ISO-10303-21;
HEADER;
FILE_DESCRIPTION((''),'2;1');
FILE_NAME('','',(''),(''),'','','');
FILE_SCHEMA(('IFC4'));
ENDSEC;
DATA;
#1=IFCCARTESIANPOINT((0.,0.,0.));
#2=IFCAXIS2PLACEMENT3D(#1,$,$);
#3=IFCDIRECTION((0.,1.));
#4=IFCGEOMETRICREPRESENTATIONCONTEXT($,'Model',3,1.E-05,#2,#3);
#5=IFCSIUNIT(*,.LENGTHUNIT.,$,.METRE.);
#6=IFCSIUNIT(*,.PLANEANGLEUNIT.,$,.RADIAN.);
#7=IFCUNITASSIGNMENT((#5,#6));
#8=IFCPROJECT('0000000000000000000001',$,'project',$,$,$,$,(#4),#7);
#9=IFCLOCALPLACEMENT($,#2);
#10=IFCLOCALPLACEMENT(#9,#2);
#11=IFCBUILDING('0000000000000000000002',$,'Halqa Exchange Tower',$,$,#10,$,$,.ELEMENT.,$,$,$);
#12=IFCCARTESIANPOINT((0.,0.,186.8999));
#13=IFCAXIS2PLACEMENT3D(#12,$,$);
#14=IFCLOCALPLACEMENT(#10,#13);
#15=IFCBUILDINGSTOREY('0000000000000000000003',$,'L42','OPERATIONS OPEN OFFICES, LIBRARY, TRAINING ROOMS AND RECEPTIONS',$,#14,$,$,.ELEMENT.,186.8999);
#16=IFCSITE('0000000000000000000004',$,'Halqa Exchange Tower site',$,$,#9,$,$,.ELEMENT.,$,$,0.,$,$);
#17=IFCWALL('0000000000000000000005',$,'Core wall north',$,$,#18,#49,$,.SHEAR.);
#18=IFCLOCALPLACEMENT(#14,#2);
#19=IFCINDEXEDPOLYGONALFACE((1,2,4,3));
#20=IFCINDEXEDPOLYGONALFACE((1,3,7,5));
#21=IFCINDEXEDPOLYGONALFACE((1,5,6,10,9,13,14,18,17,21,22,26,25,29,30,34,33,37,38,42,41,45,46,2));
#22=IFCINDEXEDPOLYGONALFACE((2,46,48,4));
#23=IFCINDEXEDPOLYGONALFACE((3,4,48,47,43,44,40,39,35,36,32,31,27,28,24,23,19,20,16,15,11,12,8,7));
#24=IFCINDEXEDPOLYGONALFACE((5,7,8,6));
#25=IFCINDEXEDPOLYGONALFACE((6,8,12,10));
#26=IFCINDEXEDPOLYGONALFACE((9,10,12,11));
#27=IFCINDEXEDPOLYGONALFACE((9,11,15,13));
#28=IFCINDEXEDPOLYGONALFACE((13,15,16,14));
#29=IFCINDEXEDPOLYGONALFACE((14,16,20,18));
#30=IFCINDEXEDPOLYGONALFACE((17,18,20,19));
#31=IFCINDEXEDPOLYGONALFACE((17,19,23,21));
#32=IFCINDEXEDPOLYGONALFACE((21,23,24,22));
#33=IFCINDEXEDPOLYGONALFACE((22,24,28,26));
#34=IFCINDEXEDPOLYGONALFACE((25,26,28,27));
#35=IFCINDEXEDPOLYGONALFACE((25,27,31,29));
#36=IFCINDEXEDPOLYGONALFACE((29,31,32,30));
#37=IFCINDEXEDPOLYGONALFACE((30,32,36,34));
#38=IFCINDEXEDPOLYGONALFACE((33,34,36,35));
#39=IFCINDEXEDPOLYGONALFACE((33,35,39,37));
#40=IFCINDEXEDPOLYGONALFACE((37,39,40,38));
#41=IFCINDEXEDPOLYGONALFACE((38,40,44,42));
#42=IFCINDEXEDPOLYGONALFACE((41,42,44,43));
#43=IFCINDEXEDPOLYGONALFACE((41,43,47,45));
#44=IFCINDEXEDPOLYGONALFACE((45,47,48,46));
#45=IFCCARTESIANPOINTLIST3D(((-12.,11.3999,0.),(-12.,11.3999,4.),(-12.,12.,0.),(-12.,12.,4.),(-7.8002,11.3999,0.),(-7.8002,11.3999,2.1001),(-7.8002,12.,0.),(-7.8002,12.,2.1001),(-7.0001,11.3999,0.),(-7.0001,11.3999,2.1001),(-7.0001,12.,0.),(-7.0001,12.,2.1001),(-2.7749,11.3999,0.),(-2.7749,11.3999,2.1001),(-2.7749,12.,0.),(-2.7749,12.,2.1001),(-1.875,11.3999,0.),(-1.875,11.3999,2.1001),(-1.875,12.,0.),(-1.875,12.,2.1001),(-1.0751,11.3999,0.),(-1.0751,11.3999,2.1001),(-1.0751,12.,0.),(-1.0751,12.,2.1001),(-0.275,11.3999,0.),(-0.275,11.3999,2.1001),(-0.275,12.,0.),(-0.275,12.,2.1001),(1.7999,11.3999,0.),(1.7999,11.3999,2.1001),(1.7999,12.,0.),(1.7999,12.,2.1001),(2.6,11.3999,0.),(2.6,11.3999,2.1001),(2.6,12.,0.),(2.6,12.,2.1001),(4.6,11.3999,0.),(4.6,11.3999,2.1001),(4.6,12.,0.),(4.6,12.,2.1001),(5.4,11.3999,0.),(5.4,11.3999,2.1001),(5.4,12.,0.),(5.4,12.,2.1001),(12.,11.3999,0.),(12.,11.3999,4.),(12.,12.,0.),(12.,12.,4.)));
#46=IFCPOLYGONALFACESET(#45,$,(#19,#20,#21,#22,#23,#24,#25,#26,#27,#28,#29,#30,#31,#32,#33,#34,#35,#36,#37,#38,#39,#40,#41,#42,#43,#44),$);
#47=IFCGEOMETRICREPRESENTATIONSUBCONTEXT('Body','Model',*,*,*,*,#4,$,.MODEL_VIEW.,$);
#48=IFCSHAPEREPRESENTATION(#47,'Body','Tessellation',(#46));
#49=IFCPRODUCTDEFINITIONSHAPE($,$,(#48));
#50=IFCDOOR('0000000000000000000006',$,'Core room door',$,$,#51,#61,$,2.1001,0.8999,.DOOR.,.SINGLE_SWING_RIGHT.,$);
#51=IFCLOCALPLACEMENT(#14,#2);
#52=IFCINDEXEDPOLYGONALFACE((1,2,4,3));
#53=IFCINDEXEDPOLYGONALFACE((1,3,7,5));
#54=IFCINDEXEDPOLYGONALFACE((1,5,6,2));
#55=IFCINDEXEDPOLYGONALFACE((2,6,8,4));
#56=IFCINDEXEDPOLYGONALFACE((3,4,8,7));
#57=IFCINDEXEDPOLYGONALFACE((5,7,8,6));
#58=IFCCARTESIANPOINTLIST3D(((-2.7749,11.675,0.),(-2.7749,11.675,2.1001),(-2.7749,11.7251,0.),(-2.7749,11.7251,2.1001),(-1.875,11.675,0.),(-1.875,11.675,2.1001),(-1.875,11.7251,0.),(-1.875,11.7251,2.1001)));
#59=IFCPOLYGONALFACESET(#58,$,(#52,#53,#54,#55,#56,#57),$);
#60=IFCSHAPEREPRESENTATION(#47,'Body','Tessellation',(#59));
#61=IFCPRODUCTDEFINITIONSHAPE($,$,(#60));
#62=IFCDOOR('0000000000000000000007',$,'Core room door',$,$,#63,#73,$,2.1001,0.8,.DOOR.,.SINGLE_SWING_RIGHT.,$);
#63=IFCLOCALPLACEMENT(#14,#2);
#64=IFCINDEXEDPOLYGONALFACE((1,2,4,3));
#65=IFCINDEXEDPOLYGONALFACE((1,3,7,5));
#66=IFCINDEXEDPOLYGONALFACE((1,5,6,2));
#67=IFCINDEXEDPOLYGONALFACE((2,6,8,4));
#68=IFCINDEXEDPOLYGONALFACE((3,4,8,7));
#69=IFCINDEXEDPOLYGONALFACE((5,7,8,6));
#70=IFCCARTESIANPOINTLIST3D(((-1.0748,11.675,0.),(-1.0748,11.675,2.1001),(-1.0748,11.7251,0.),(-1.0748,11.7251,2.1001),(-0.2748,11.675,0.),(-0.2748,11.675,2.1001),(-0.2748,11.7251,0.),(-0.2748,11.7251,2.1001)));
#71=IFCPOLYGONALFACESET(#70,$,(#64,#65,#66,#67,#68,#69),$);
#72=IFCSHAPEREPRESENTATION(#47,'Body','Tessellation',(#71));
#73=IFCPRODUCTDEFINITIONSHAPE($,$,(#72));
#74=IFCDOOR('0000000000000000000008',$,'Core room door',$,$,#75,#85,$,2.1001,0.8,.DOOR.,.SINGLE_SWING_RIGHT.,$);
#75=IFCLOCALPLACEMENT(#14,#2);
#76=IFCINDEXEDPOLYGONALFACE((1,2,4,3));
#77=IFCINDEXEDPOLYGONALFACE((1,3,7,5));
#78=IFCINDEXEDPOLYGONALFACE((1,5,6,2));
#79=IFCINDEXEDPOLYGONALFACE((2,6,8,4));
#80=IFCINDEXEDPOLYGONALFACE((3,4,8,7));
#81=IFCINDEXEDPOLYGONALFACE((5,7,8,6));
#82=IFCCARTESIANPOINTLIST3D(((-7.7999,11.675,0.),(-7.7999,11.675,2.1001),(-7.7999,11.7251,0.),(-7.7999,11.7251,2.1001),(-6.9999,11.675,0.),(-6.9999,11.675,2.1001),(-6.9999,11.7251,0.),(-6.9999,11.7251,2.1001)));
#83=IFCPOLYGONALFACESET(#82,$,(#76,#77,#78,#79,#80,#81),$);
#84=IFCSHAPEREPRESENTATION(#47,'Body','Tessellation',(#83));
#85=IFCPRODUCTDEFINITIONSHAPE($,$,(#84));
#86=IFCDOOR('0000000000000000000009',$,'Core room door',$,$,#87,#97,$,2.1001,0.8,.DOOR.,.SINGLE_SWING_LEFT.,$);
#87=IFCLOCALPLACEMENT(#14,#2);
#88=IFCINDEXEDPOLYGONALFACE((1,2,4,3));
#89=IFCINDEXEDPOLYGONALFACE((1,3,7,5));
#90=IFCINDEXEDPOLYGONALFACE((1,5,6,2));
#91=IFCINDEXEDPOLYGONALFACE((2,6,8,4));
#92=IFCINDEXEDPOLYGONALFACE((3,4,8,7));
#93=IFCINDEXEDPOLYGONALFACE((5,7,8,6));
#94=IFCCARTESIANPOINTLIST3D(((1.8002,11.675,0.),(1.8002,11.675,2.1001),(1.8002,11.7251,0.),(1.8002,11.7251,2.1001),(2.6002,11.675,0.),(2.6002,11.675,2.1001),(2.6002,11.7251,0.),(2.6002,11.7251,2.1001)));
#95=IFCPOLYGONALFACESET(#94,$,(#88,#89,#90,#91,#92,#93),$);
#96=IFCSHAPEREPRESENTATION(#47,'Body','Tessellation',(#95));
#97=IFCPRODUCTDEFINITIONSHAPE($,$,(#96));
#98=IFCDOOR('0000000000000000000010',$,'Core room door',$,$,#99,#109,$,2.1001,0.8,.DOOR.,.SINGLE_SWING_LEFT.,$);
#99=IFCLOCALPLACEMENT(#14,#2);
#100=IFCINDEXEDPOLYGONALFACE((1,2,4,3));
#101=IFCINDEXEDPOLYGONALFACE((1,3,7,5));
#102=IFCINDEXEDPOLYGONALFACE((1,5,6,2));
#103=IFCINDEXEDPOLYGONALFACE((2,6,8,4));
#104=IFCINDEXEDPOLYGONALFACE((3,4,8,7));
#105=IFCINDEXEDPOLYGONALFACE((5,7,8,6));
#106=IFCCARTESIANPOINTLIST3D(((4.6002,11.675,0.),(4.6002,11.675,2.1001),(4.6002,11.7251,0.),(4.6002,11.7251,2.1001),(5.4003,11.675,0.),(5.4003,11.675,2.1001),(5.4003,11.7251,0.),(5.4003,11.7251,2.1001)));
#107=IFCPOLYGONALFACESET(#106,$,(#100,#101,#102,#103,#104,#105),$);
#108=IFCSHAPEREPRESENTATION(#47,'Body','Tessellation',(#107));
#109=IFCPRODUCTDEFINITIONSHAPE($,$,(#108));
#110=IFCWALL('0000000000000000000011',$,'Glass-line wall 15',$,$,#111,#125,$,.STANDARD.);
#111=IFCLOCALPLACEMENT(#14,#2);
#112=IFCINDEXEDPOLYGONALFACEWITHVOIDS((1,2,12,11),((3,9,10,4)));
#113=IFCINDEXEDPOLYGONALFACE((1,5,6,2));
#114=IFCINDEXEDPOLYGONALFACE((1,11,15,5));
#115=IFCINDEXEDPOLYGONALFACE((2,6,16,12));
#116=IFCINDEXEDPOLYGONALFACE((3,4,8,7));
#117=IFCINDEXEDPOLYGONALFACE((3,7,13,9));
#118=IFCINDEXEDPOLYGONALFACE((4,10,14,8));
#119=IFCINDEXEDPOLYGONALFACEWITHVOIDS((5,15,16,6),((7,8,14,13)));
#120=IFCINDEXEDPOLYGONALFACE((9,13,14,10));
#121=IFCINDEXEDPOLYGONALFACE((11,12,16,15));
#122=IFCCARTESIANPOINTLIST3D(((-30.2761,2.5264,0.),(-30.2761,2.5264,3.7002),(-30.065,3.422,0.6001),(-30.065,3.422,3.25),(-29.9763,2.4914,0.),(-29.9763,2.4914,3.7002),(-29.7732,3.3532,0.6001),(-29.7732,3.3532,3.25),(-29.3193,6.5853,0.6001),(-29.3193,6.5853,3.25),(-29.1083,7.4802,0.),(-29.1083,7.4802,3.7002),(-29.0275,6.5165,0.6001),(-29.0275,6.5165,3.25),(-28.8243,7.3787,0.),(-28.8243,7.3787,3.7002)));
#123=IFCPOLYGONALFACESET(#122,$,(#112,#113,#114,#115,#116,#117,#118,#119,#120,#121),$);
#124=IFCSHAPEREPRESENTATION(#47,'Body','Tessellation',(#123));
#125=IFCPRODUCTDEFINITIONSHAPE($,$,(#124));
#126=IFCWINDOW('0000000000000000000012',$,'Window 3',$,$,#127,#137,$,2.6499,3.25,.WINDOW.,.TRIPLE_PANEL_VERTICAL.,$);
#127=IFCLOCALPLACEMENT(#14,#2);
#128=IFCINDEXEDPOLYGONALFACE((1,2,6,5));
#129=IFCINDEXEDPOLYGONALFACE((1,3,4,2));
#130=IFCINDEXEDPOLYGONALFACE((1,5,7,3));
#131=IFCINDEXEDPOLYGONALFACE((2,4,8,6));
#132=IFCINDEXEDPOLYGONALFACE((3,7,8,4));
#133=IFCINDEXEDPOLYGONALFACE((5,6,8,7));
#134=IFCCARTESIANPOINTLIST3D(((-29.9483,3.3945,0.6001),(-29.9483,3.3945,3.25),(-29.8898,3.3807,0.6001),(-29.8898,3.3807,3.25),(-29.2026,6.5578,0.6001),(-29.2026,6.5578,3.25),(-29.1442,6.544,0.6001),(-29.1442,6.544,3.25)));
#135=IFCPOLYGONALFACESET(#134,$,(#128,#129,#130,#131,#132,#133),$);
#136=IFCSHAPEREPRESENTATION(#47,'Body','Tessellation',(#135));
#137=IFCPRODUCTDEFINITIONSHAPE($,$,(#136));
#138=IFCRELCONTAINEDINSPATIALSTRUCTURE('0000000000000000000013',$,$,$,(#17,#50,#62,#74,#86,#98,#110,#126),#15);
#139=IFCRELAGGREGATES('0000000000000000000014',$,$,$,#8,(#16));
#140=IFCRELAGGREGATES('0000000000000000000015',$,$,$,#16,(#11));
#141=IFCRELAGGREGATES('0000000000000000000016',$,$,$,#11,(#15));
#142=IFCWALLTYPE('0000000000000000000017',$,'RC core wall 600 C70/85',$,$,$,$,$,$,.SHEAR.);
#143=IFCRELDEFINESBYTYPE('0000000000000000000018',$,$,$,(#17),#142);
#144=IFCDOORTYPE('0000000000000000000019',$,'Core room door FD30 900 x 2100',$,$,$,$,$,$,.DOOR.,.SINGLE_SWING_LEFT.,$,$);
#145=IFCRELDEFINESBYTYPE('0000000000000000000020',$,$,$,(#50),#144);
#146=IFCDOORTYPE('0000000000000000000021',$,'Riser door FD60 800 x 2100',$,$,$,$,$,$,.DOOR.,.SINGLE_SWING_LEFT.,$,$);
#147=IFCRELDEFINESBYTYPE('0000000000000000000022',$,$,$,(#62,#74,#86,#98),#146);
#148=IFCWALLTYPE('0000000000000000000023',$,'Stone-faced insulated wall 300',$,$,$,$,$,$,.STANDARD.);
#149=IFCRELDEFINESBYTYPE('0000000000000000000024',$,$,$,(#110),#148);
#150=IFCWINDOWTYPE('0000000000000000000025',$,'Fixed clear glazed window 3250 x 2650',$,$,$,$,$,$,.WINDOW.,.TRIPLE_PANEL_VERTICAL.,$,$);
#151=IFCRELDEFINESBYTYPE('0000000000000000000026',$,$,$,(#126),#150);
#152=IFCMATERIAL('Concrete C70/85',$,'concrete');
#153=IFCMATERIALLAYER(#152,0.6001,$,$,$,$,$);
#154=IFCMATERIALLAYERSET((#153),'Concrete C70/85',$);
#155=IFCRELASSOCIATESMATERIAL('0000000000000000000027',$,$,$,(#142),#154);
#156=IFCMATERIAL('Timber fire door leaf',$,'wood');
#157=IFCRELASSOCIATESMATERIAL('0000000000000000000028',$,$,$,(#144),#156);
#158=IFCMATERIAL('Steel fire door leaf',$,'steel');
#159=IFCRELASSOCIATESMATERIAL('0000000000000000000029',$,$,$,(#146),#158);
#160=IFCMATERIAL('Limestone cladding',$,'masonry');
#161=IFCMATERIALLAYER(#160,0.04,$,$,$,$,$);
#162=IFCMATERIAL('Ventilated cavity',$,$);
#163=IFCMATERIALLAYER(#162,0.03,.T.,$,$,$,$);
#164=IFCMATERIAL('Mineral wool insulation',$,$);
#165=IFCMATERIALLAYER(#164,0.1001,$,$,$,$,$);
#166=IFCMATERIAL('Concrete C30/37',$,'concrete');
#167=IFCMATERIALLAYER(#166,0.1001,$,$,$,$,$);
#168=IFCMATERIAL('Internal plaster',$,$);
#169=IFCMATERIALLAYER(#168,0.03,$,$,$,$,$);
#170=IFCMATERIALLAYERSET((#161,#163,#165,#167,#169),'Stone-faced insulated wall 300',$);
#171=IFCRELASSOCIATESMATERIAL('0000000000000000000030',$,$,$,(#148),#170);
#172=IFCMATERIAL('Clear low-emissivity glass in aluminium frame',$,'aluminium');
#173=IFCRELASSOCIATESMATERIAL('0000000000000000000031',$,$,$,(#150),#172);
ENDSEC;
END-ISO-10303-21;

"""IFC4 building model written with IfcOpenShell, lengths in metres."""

from ifc_helpers import new_model, si_unit, direction, frame, frame_2d, origin, place, context, subcontext, project, spatial, polyline, rectangle, outline, extrude, material, layer, layer_set, type_object, element, fill, save


model = new_model("IFC4")

# Units and contexts
model_context = context("Model", 3, precision=1e-05, world=origin(), true_north=direction((0.0, 1.0)))
body_context = subcontext(model_context, "Body", "Model", "MODEL_VIEW")
ifc_project = project(units=[si_unit("LENGTHUNIT", "METRE"), si_unit("PLANEANGLEUNIT", "RADIAN")], contexts=[model_context])

# Site, building, storey
site_placement = place(None, origin())
site = spatial("IfcSite", under=ifc_project, at=site_placement, Name="Halqa Exchange Tower site", CompositionType="ELEMENT", RefElevation=0.0)
building_placement = place(site_placement, origin())
building = spatial("IfcBuilding", under=site, at=building_placement, Name="Halqa Exchange Tower", CompositionType="ELEMENT")
storey_placement = place(building_placement, frame((0.0, 0.0, 186.8999)))
storey = spatial("IfcBuildingStorey", under=building, at=storey_placement, Name="L42", Description="OPERATIONS OPEN OFFICES, LIBRARY, TRAINING ROOMS AND RECEPTIONS", CompositionType="ELEMENT", Elevation=186.8999)

# Shared definitions
ifc_material_1 = material(Name="Concrete C70/85", Category="concrete")

# Shared definitions
ifc_material_2 = material(Name="Steel fire door leaf", Category="steel")

# Wall, openings, doors
ifc_layer_1 = layer(ifc_material_1, 0.6001)
ifc_layer_set_1 = layer_set([ifc_layer_1], Name="Concrete C70/85")
wall_type_1 = type_object("IfcWallType", Name="RC core wall 600 C70/85", PredefinedType="SHEAR", material=ifc_layer_set_1)
wall_1_placement = place(storey_placement, frame((-12.0, 11.7, 0.0), z_axis=(0.0, 0.0, 1.0), x_axis=(1.0, 0.0, 0.0)))
wall_1 = element("IfcWall", 1, at=wall_1_placement, inside=storey, type_object=wall_type_1, Name="Core wall north", PredefinedType="SHEAR", context=body_context, shape_type="SweptSolid", body=[
    extrude(rectangle(XDim=24.0, YDim=0.6001, at=frame_2d((12.0, 0.0))), origin(), (0.0, 0.0, 1.0), 4.0),
])
opening_1_placement = place(wall_1_placement, frame((9.2251, 0.0, 0.0)))
opening_1 = element("IfcOpeningElement", 2, at=opening_1_placement, cuts=wall_1, PredefinedType="OPENING", context=body_context, shape_type="SweptSolid", body=[
    extrude(rectangle(XDim=0.8999, YDim=2.1001, at=frame_2d((0.45, 1.05))), frame((0.0, 0.312, 0.0), z_axis=(0.0, -1.0, 0.0), x_axis=(1.0, 0.0, 0.0)), (0.0, 0.0, 1.0), 0.624),
])
opening_2_placement = place(wall_1_placement, frame((10.925, 0.0, 0.0)))
opening_2 = element("IfcOpeningElement", 3, at=opening_2_placement, cuts=wall_1, PredefinedType="OPENING", context=body_context, shape_type="SweptSolid", body=[
    extrude(rectangle(XDim=0.8, YDim=2.1001, at=frame_2d((0.3999, 1.05))), frame((0.0, 0.312, 0.0), z_axis=(0.0, -1.0, 0.0), x_axis=(1.0, 0.0, 0.0)), (0.0, 0.0, 1.0), 0.624),
])
opening_3_placement = place(wall_1_placement, frame((4.2, 0.0, 0.0)))
opening_3 = element("IfcOpeningElement", 4, at=opening_3_placement, cuts=wall_1, PredefinedType="OPENING", context=body_context, shape_type="SweptSolid", body=[
    extrude(rectangle(XDim=0.8, YDim=2.1001, at=frame_2d((0.3999, 1.05))), frame((0.0, 0.312, 0.0), z_axis=(0.0, -1.0, 0.0), x_axis=(1.0, 0.0, 0.0)), (0.0, 0.0, 1.0), 0.624),
])
opening_4_placement = place(wall_1_placement, frame((13.8, 0.0, 0.0)))
opening_4 = element("IfcOpeningElement", 5, at=opening_4_placement, cuts=wall_1, PredefinedType="OPENING", context=body_context, shape_type="SweptSolid", body=[
    extrude(rectangle(XDim=0.8, YDim=2.1001, at=frame_2d((0.3999, 1.05))), frame((0.0, 0.312, 0.0), z_axis=(0.0, -1.0, 0.0), x_axis=(1.0, 0.0, 0.0)), (0.0, 0.0, 1.0), 0.624),
])
opening_5_placement = place(wall_1_placement, frame((16.6001, 0.0, 0.0)))
opening_5 = element("IfcOpeningElement", 6, at=opening_5_placement, cuts=wall_1, PredefinedType="OPENING", context=body_context, shape_type="SweptSolid", body=[
    extrude(rectangle(XDim=0.8, YDim=2.1001, at=frame_2d((0.3999, 1.05))), frame((0.0, 0.312, 0.0), z_axis=(0.0, -1.0, 0.0), x_axis=(1.0, 0.0, 0.0)), (0.0, 0.0, 1.0), 0.624),
])
ifc_material_3 = material(Name="Timber fire door leaf", Category="wood")
door_type_1 = type_object("IfcDoorType", Name="Core room door FD30 900 x 2100", OperationType="SINGLE_SWING_LEFT", PredefinedType="DOOR", material=ifc_material_3)
door_1_placement = place(opening_1_placement, frame((0.8999, 0.0, 0.0), z_axis=(0.0, 0.0, 1.0), x_axis=(-1.0, 0.0, 0.0)))
door_1 = element("IfcDoor", 7, at=door_1_placement, inside=storey, type_object=door_type_1, Name="Core room door", OperationType="SINGLE_SWING_RIGHT", OverallHeight=2.1001, OverallWidth=0.8999, PredefinedType="DOOR", context=body_context, shape_type="SweptSolid", body=[
    extrude(rectangle(XDim=0.8999, YDim=2.1001, at=frame_2d((0.45, 1.05))), frame((0.0, 0.0249, 0.0), z_axis=(0.0, -1.0, 0.0), x_axis=(1.0, 0.0, 0.0)), (0.0, 0.0, 1.0), 0.05),
])
fill(opening_1, door_1)
door_type_2 = type_object("IfcDoorType", Name="Riser door FD60 800 x 2100", OperationType="SINGLE_SWING_LEFT", PredefinedType="DOOR", material=ifc_material_2)
door_2_placement = place(opening_2_placement, frame((0.8, 0.0, 0.0), z_axis=(0.0, 0.0, 1.0), x_axis=(-1.0, 0.0, 0.0)))
door_2 = element("IfcDoor", 8, at=door_2_placement, inside=storey, type_object=door_type_2, Name="Core room door", OperationType="SINGLE_SWING_RIGHT", OverallHeight=2.1001, OverallWidth=0.8, PredefinedType="DOOR", context=body_context, shape_type="SweptSolid", body=[
    extrude(rectangle(XDim=0.8, YDim=2.1001, at=frame_2d((0.3999, 1.05))), frame((0.0, 0.0249, 0.0), z_axis=(0.0, -1.0, 0.0), x_axis=(1.0, 0.0, 0.0)), (0.0, 0.0, 1.0), 0.05),
])
fill(opening_2, door_2)
door_3_placement = place(opening_3_placement, frame((0.8, 0.0, 0.0), z_axis=(0.0, 0.0, 1.0), x_axis=(-1.0, 0.0, 0.0)))
door_3 = element("IfcDoor", 9, at=door_3_placement, inside=storey, type_object=door_type_2, Name="Core room door", OperationType="SINGLE_SWING_RIGHT", OverallHeight=2.1001, OverallWidth=0.8, PredefinedType="DOOR", context=body_context, shape_type="SweptSolid", body=[
    extrude(rectangle(XDim=0.8, YDim=2.1001, at=frame_2d((0.3999, 1.05))), frame((0.0, 0.0249, 0.0), z_axis=(0.0, -1.0, 0.0), x_axis=(1.0, 0.0, 0.0)), (0.0, 0.0, 1.0), 0.05),
])
fill(opening_3, door_3)
door_4_placement = place(opening_4_placement, frame((0.8, 0.0, 0.0), z_axis=(0.0, 0.0, 1.0), x_axis=(-1.0, 0.0, 0.0)))
door_4 = element("IfcDoor", 10, at=door_4_placement, inside=storey, type_object=door_type_2, Name="Core room door", OperationType="SINGLE_SWING_LEFT", OverallHeight=2.1001, OverallWidth=0.8, PredefinedType="DOOR", context=body_context, shape_type="SweptSolid", body=[
    extrude(rectangle(XDim=0.8, YDim=2.1001, at=frame_2d((0.3999, 1.05))), frame((0.0, 0.0249, 0.0), z_axis=(0.0, -1.0, 0.0), x_axis=(1.0, 0.0, 0.0)), (0.0, 0.0, 1.0), 0.05),
])
fill(opening_4, door_4)
door_5_placement = place(opening_5_placement, frame((0.8, 0.0, 0.0), z_axis=(0.0, 0.0, 1.0), x_axis=(-1.0, 0.0, 0.0)))
door_5 = element("IfcDoor", 11, at=door_5_placement, inside=storey, type_object=door_type_2, Name="Core room door", OperationType="SINGLE_SWING_LEFT", OverallHeight=2.1001, OverallWidth=0.8, PredefinedType="DOOR", context=body_context, shape_type="SweptSolid", body=[
    extrude(rectangle(XDim=0.8, YDim=2.1001, at=frame_2d((0.3999, 1.05))), frame((0.0, 0.0249, 0.0), z_axis=(0.0, -1.0, 0.0), x_axis=(1.0, 0.0, 0.0)), (0.0, 0.0, 1.0), 0.05),
])
fill(opening_5, door_5)

# Wall, opening, window
ifc_material_4 = material(Name="Limestone cladding", Category="masonry")
ifc_layer_2 = layer(ifc_material_4, 0.04)
ifc_material_5 = material(Name="Ventilated cavity")
ifc_layer_3 = layer(ifc_material_5, 0.03, ventilated=True)
ifc_material_6 = material(Name="Mineral wool insulation")
ifc_layer_4 = layer(ifc_material_6, 0.1001)
ifc_material_7 = material(Name="Concrete C30/37", Category="concrete")
ifc_layer_5 = layer(ifc_material_7, 0.1001)
ifc_material_8 = material(Name="Internal plaster")
ifc_layer_6 = layer(ifc_material_8, 0.03)
ifc_layer_set_2 = layer_set([ifc_layer_2, ifc_layer_3, ifc_layer_4, ifc_layer_5, ifc_layer_6], Name="Stone-faced insulated wall 300")
wall_type_2 = type_object("IfcWallType", Name="Stone-faced insulated wall 300", PredefinedType="STANDARD", material=ifc_layer_set_2)
wall_2_placement = place(storey_placement, frame((-28.9663, 7.4294, 0.0), z_axis=(0.0, 0.0, 1.0), x_axis=(-0.229435, -0.973324, 0.0)))
wall_2 = element("IfcWall", 12, at=wall_2_placement, inside=storey, type_object=wall_type_2, Name="Glass-line wall 15", PredefinedType="STANDARD", context=body_context, shape_type="SweptSolid", body=[
    extrude(outline(polyline([(-0.0168, -0.1499), (5.0728, -0.1499), (5.0381, 0.1499), (0.0168, 0.1499), (-0.0168, -0.1499)])), origin(), (0.0, 0.0, 1.0), 3.7002),
])
opening_6_placement = place(wall_2_placement, frame((0.9026, 0.0, 0.6001)))
opening_6 = element("IfcOpeningElement", 13, at=opening_6_placement, cuts=wall_2, PredefinedType="OPENING", context=body_context, shape_type="SweptSolid", body=[
    extrude(rectangle(XDim=3.25, YDim=2.6499, at=frame_2d((1.625, 1.325))), frame((0.0, 0.1621, 0.0), z_axis=(0.0, -1.0, 0.0), x_axis=(1.0, 0.0, 0.0)), (0.0, 0.0, 1.0), 0.324),
])
ifc_material_9 = material(Name="Clear low-emissivity glass in aluminium frame", Category="aluminium")
window_type = type_object("IfcWindowType", Name="Fixed clear glazed window 3250 x 2650", PartitioningType="TRIPLE_PANEL_VERTICAL", PredefinedType="WINDOW", material=ifc_material_9)
window_placement = place(opening_6_placement, origin())
window = element("IfcWindow", 14, at=window_placement, inside=storey, type_object=window_type, Name="Window 3", OverallHeight=2.6499, OverallWidth=3.25, PartitioningType="TRIPLE_PANEL_VERTICAL", PredefinedType="WINDOW", context=body_context, shape_type="SweptSolid", body=[
    extrude(rectangle(XDim=3.25, YDim=2.6499, at=frame_2d((1.625, 1.325))), frame((0.0, 0.03, 0.0), z_axis=(0.0, -1.0, 0.0), x_axis=(1.0, 0.0, 0.0)), (0.0, 0.0, 1.0), 0.0601),
])
fill(opening_6, window)

save(model, "model.ifc")
